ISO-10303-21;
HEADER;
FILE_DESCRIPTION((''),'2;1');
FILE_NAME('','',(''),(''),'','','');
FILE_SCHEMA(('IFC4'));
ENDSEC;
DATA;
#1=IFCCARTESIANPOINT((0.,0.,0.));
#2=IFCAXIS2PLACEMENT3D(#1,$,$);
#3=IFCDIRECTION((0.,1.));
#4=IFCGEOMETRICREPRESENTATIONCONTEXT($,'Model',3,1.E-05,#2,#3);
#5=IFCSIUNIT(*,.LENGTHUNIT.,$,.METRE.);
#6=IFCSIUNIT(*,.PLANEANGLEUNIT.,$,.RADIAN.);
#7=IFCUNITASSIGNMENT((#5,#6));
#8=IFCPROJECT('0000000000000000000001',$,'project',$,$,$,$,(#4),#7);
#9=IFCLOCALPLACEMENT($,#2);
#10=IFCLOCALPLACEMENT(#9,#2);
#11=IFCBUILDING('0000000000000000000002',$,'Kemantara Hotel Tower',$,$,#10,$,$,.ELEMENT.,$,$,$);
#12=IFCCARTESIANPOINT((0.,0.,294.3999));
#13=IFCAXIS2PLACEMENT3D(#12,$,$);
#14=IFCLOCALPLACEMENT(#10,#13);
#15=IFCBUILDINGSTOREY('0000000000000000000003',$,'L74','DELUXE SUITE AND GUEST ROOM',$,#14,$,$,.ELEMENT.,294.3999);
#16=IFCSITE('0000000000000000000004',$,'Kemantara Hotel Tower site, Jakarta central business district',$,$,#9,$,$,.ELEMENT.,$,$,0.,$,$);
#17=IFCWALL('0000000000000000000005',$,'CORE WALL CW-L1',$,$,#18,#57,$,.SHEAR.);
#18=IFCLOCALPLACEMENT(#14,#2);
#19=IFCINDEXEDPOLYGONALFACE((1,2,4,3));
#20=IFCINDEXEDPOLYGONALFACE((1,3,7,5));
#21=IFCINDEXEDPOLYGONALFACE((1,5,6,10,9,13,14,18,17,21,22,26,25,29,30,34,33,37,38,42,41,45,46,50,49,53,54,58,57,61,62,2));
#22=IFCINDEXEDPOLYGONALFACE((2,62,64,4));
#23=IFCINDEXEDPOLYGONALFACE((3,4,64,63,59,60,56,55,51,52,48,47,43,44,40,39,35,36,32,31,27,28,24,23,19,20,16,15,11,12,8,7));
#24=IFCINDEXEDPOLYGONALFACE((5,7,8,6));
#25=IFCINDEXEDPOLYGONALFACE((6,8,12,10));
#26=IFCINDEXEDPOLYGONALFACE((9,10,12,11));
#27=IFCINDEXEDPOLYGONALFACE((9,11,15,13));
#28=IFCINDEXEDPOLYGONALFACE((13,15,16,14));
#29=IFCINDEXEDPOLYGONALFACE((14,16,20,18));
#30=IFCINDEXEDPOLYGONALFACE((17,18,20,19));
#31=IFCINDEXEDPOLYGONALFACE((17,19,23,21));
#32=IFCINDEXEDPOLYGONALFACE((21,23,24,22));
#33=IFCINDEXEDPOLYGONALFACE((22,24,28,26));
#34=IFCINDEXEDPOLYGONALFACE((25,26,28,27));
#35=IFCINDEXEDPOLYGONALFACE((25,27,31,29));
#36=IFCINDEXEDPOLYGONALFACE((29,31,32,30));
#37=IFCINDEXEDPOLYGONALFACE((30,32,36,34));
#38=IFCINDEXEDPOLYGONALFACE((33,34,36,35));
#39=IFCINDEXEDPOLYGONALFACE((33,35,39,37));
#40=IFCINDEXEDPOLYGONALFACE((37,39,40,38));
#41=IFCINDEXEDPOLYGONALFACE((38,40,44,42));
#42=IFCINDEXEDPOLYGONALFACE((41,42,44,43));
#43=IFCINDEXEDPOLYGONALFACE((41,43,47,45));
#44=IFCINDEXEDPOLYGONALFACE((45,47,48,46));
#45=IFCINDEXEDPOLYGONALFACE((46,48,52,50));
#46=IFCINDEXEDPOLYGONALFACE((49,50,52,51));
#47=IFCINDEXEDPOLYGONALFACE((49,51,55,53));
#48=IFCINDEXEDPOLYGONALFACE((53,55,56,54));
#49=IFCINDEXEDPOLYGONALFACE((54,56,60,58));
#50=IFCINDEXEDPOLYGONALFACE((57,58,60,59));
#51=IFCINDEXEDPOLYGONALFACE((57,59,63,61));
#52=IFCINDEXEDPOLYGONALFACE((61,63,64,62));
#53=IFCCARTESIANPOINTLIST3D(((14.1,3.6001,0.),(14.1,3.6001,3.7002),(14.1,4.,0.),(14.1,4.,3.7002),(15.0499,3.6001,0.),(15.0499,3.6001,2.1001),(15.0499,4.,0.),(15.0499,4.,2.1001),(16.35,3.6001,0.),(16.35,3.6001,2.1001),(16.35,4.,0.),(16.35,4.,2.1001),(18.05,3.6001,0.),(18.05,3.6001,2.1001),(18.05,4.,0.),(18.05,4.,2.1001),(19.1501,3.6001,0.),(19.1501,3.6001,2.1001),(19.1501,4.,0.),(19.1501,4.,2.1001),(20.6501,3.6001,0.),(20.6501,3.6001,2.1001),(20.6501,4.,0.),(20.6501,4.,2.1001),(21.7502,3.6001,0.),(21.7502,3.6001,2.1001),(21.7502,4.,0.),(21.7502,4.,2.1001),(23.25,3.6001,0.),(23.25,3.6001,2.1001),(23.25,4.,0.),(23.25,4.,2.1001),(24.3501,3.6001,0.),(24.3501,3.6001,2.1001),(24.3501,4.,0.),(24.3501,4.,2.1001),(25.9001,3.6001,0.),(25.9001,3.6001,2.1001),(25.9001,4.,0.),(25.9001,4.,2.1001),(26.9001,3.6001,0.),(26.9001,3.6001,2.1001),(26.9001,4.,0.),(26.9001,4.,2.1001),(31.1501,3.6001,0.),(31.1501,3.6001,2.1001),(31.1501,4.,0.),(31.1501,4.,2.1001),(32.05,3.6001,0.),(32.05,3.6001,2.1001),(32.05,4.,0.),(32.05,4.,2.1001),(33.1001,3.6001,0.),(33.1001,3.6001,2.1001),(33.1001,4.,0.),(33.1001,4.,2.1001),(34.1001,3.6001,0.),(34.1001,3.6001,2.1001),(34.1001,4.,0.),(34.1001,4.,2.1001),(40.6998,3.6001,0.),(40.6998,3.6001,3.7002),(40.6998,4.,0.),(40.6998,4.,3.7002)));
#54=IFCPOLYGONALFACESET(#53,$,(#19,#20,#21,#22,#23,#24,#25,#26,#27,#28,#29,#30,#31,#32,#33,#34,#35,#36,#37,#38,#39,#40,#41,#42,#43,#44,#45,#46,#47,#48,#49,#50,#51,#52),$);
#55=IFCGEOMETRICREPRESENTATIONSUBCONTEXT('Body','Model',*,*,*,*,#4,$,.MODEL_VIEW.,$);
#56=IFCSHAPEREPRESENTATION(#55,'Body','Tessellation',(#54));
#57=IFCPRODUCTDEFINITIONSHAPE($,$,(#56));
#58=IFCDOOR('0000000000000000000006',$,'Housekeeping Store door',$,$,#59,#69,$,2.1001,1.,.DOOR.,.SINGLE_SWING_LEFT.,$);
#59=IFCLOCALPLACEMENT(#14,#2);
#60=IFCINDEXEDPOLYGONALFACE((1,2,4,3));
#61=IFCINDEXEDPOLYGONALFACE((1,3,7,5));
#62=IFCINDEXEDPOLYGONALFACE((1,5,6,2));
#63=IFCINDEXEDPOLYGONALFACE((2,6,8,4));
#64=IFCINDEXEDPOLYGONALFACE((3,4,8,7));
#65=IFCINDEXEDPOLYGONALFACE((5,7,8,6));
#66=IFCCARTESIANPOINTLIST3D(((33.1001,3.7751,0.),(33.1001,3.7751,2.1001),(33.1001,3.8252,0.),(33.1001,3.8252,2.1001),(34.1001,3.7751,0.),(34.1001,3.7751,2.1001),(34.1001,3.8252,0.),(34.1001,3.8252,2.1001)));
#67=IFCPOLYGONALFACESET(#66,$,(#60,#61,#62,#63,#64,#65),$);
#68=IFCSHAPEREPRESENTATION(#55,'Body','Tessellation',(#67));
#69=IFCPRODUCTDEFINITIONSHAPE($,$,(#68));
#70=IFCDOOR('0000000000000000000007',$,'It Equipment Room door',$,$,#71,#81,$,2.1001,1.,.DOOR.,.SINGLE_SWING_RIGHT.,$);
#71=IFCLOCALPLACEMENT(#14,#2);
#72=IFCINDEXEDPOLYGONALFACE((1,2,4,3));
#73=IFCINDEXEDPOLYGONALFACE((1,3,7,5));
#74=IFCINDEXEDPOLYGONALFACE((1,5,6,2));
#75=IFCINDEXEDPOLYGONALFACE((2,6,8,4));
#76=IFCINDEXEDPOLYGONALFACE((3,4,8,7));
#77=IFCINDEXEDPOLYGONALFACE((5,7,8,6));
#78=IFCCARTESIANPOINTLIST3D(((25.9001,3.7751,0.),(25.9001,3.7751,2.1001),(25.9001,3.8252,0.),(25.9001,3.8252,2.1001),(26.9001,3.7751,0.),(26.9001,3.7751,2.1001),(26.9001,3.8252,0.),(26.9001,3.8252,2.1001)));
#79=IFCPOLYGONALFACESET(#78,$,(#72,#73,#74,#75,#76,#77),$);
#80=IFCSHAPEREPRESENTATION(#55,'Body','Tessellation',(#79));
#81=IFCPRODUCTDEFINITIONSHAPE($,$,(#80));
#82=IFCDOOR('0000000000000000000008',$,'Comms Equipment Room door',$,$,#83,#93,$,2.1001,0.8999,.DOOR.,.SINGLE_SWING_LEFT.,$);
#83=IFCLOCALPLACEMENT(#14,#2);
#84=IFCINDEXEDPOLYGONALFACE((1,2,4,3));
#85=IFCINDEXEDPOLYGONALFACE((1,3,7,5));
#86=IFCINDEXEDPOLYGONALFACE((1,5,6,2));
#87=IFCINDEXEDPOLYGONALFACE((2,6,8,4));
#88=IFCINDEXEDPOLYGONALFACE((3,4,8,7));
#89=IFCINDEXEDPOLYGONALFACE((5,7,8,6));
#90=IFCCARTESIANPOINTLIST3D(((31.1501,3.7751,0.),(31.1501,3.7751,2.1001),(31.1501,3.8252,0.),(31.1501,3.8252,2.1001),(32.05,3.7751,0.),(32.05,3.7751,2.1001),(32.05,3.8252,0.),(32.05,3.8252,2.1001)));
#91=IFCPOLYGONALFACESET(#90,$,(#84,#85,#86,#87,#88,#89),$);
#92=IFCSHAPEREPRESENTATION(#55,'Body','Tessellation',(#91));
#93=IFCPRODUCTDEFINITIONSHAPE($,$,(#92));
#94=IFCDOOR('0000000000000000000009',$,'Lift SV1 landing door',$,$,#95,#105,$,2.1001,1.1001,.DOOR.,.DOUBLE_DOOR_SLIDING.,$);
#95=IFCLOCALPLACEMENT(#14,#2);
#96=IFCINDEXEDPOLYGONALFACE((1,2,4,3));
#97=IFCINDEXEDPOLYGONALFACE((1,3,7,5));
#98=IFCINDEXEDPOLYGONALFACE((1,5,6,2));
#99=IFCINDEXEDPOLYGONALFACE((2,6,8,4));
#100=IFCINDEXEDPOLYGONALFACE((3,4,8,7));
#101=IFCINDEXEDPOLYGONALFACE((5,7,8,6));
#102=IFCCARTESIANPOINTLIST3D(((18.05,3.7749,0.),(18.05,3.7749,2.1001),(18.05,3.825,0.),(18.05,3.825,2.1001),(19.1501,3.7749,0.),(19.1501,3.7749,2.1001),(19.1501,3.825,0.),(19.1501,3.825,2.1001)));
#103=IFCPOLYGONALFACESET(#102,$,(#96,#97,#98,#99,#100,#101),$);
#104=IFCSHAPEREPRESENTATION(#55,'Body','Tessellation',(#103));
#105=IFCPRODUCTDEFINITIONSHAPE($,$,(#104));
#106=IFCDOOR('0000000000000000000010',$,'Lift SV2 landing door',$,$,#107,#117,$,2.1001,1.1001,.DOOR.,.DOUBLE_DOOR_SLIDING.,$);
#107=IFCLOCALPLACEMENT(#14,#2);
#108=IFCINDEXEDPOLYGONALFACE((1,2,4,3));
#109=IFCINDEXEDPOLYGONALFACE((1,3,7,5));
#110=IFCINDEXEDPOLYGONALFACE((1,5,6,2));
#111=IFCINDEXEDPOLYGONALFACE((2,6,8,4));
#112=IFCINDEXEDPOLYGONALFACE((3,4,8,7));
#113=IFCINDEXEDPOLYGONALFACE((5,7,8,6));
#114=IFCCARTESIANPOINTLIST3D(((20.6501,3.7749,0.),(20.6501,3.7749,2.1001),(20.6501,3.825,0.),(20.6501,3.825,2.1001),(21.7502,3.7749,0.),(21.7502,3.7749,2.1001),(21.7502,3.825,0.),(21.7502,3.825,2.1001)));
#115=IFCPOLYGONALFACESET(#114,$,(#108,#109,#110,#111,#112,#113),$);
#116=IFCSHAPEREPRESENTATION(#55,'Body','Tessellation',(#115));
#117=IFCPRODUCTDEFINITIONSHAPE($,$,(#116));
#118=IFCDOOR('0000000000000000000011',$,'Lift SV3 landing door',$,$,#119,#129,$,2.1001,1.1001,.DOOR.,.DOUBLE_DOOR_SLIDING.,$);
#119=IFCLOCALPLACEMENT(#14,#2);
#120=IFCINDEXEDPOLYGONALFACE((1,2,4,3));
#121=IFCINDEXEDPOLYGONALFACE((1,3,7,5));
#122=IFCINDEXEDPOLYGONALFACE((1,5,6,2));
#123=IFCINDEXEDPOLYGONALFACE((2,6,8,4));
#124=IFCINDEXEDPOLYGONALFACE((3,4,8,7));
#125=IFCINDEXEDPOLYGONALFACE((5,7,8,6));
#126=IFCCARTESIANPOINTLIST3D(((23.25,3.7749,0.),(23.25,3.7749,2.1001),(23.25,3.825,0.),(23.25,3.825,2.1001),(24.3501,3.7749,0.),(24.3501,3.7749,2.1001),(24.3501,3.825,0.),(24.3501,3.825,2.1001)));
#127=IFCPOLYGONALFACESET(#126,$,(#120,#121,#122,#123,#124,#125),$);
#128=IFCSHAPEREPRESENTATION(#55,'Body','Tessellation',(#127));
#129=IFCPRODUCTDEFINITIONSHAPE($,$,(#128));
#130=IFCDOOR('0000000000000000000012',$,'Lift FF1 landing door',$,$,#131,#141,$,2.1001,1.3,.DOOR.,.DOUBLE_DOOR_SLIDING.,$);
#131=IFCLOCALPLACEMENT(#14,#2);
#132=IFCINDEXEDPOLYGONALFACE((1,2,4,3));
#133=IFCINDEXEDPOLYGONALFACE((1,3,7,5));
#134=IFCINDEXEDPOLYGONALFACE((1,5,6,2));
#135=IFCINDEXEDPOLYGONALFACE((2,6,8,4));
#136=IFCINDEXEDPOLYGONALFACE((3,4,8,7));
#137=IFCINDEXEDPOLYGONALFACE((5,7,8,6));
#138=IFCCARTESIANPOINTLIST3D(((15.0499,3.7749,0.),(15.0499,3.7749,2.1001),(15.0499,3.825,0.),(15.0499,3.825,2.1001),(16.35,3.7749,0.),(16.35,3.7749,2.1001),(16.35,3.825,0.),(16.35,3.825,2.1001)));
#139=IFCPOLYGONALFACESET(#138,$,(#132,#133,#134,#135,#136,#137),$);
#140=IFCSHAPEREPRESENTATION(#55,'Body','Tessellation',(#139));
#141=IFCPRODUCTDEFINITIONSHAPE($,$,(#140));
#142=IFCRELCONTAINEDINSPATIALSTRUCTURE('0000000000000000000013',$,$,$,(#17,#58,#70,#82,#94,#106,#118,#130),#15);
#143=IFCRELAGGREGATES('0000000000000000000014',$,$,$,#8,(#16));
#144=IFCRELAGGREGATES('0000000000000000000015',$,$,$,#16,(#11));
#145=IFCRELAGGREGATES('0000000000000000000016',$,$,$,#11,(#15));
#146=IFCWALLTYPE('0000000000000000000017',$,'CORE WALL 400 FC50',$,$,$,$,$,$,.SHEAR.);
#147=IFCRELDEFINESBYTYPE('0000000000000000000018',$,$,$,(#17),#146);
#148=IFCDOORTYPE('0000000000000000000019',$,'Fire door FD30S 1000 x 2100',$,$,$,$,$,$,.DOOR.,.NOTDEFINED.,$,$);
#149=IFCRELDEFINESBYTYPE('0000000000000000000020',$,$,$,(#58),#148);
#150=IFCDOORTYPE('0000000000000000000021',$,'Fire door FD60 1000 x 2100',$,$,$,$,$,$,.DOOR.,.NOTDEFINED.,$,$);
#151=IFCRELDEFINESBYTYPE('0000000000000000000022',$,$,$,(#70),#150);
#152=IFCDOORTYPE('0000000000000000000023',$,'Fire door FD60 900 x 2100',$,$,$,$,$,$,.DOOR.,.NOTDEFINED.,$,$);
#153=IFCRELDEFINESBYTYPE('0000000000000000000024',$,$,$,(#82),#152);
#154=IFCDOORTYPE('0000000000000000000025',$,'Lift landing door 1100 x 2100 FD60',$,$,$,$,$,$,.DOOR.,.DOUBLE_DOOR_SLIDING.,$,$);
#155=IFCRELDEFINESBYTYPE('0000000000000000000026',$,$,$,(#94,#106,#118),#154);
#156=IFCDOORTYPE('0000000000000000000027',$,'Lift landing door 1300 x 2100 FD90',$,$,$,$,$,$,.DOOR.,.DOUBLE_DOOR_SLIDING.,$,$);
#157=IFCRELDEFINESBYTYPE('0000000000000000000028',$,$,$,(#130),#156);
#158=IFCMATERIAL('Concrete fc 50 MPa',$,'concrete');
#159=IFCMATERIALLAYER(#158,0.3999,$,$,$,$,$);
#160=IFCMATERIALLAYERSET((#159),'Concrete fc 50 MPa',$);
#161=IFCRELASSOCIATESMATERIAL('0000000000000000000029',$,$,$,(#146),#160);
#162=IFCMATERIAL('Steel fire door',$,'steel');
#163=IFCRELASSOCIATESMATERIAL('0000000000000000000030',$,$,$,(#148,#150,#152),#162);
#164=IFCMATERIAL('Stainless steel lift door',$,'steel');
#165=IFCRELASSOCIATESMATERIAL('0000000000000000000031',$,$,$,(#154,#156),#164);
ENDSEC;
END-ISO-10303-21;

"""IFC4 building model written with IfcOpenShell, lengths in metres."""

from ifc_helpers import new_model, si_unit, direction, frame, frame_2d, origin, place, context, subcontext, project, spatial, rectangle, extrude, material, layer, layer_set, type_object, element, fill, save


model = new_model("IFC4")

# Units and contexts
model_context = context("Model", 3, precision=1e-05, world=origin(), true_north=direction((0.0, 1.0)))
body_context = subcontext(model_context, "Body", "Model", "MODEL_VIEW")
ifc_project = project(units=[si_unit("LENGTHUNIT", "METRE"), si_unit("PLANEANGLEUNIT", "RADIAN")], contexts=[model_context])

# Site, building, storey
site_placement = place(None, origin())
site = spatial("IfcSite", under=ifc_project, at=site_placement, Name="Kemantara Hotel Tower site, Jakarta central business district", CompositionType="ELEMENT", RefElevation=0.0)
building_placement = place(site_placement, origin())
building = spatial("IfcBuilding", under=site, at=building_placement, Name="Kemantara Hotel Tower", CompositionType="ELEMENT")
storey_placement = place(building_placement, frame((0.0, 0.0, 294.3999)))
storey = spatial("IfcBuildingStorey", under=building, at=storey_placement, Name="L74", Description="DELUXE SUITE AND GUEST ROOM", CompositionType="ELEMENT", Elevation=294.3999)

# Shared definitions
ifc_material_1 = material(Name="Concrete fc 50 MPa", Category="concrete")

# Wall, openings, doors
ifc_layer_1 = layer(ifc_material_1, 0.3999)
ifc_layer_set_1 = layer_set([ifc_layer_1], Name="Concrete fc 50 MPa")
wall_type_1 = type_object("IfcWallType", Name="CORE WALL 400 FC50", PredefinedType="SHEAR", material=ifc_layer_set_1)
wall_1_placement = place(storey_placement, frame((14.1001, 3.8, 0.0), z_axis=(0.0, 0.0, 1.0), x_axis=(1.0, 0.0, 0.0)))
wall_1 = element("IfcWall", 1, at=wall_1_placement, inside=storey, type_object=wall_type_1, Name="CORE WALL CW-L1", PredefinedType="SHEAR", context=body_context, shape_type="SweptSolid", body=[
    extrude(rectangle(XDim=26.5999, YDim=0.3999, at=frame_2d((13.2998, 0.0))), origin(), (0.0, 0.0, 1.0), 3.7002),
])
opening_1_placement = place(wall_1_placement, frame((0.95, 0.0, 0.0)))
opening_1 = element("IfcOpeningElement", 2, at=opening_1_placement, cuts=wall_1, PredefinedType="OPENING", context=body_context, shape_type="SweptSolid", body=[
    extrude(rectangle(XDim=1.3, YDim=2.1001, at=frame_2d((0.6499, 1.05))), frame((0.0, 0.21, 0.0), z_axis=(0.0, -1.0, 0.0), x_axis=(1.0, 0.0, 0.0)), (0.0, 0.0, 1.0), 0.4199),
])
opening_2_placement = place(wall_1_placement, frame((3.95, 0.0, 0.0)))
opening_2 = element("IfcOpeningElement", 3, at=opening_2_placement, cuts=wall_1, PredefinedType="OPENING", context=body_context, shape_type="SweptSolid", body=[
    extrude(rectangle(XDim=1.1001, YDim=2.1001, at=frame_2d((0.55, 1.05))), frame((0.0, 0.21, 0.0), z_axis=(0.0, -1.0, 0.0), x_axis=(1.0, 0.0, 0.0)), (0.0, 0.0, 1.0), 0.4199),
])
opening_3_placement = place(wall_1_placement, frame((6.55, 0.0, 0.0)))
opening_3 = element("IfcOpeningElement", 4, at=opening_3_placement, cuts=wall_1, PredefinedType="OPENING", context=body_context, shape_type="SweptSolid", body=[
    extrude(rectangle(XDim=1.1001, YDim=2.1001, at=frame_2d((0.55, 1.05))), frame((0.0, 0.21, 0.0), z_axis=(0.0, -1.0, 0.0), x_axis=(1.0, 0.0, 0.0)), (0.0, 0.0, 1.0), 0.4199),
])
opening_4_placement = place(wall_1_placement, frame((9.1499, 0.0, 0.0)))
opening_4 = element("IfcOpeningElement", 5, at=opening_4_placement, cuts=wall_1, PredefinedType="OPENING", context=body_context, shape_type="SweptSolid", body=[
    extrude(rectangle(XDim=1.1001, YDim=2.1001, at=frame_2d((0.55, 1.05))), frame((0.0, 0.21, 0.0), z_axis=(0.0, -1.0, 0.0), x_axis=(1.0, 0.0, 0.0)), (0.0, 0.0, 1.0), 0.4199),
])
opening_5_placement = place(wall_1_placement, frame((11.8, 0.0, 0.0)))
opening_5 = element("IfcOpeningElement", 6, at=opening_5_placement, cuts=wall_1, PredefinedType="OPENING", context=body_context, shape_type="SweptSolid", body=[
    extrude(rectangle(XDim=1.0, YDim=2.1001, at=frame_2d((0.5, 1.05))), frame((0.0, 0.21, 0.0), z_axis=(0.0, -1.0, 0.0), x_axis=(1.0, 0.0, 0.0)), (0.0, 0.0, 1.0), 0.4199),
])
opening_6_placement = place(wall_1_placement, frame((17.05, 0.0, 0.0)))
opening_6 = element("IfcOpeningElement", 7, at=opening_6_placement, cuts=wall_1, PredefinedType="OPENING", context=body_context, shape_type="SweptSolid", body=[
    extrude(rectangle(XDim=0.8999, YDim=2.1001, at=frame_2d((0.45, 1.05))), frame((0.0, 0.21, 0.0), z_axis=(0.0, -1.0, 0.0), x_axis=(1.0, 0.0, 0.0)), (0.0, 0.0, 1.0), 0.4199),
])
opening_7_placement = place(wall_1_placement, frame((19.0, 0.0, 0.0)))
opening_7 = element("IfcOpeningElement", 8, at=opening_7_placement, cuts=wall_1, PredefinedType="OPENING", context=body_context, shape_type="SweptSolid", body=[
    extrude(rectangle(XDim=1.0, YDim=2.1001, at=frame_2d((0.5, 1.05))), frame((0.0, 0.21, 0.0), z_axis=(0.0, -1.0, 0.0), x_axis=(1.0, 0.0, 0.0)), (0.0, 0.0, 1.0), 0.4199),
])
ifc_material_2 = material(Name="Steel fire door", Category="steel")
door_type_1 = type_object("IfcDoorType", Name="Fire door FD30S 1000 x 2100", OperationType="NOTDEFINED", PredefinedType="DOOR", material=ifc_material_2)
door_1_placement = place(opening_7_placement, frame((1.0, 0.0, 0.0), z_axis=(0.0, 0.0, 1.0), x_axis=(-1.0, 0.0, 0.0)))
door_1 = element("IfcDoor", 9, at=door_1_placement, inside=storey, type_object=door_type_1, Name="Housekeeping Store door", OperationType="SINGLE_SWING_LEFT", OverallHeight=2.1001, OverallWidth=1.0, PredefinedType="DOOR", context=body_context, shape_type="SweptSolid", body=[
    extrude(rectangle(XDim=1.0, YDim=2.1001, at=frame_2d((0.5, 1.05))), frame((0.0, 0.0249, 0.0), z_axis=(0.0, -1.0, 0.0), x_axis=(1.0, 0.0, 0.0)), (0.0, 0.0, 1.0), 0.05),
])
fill(opening_7, door_1)
door_type_2 = type_object("IfcDoorType", Name="Fire door FD60 1000 x 2100", OperationType="NOTDEFINED", PredefinedType="DOOR", material=ifc_material_2)
door_2_placement = place(opening_5_placement, frame((1.0, 0.0, 0.0), z_axis=(0.0, 0.0, 1.0), x_axis=(-1.0, 0.0, 0.0)))
door_2 = element("IfcDoor", 10, at=door_2_placement, inside=storey, type_object=door_type_2, Name="It Equipment Room door", OperationType="SINGLE_SWING_RIGHT", OverallHeight=2.1001, OverallWidth=1.0, PredefinedType="DOOR", context=body_context, shape_type="SweptSolid", body=[
    extrude(rectangle(XDim=1.0, YDim=2.1001, at=frame_2d((0.5, 1.05))), frame((0.0, 0.0249, 0.0), z_axis=(0.0, -1.0, 0.0), x_axis=(1.0, 0.0, 0.0)), (0.0, 0.0, 1.0), 0.05),
])
fill(opening_5, door_2)
door_type_3 = type_object("IfcDoorType", Name="Fire door FD60 900 x 2100", OperationType="NOTDEFINED", PredefinedType="DOOR", material=ifc_material_2)
door_3_placement = place(opening_6_placement, frame((0.8999, 0.0, 0.0), z_axis=(0.0, 0.0, 1.0), x_axis=(-1.0, 0.0, 0.0)))
door_3 = element("IfcDoor", 11, at=door_3_placement, inside=storey, type_object=door_type_3, Name="Comms Equipment Room door", OperationType="SINGLE_SWING_LEFT", OverallHeight=2.1001, OverallWidth=0.8999, PredefinedType="DOOR", context=body_context, shape_type="SweptSolid", body=[
    extrude(rectangle(XDim=0.8999, YDim=2.1001, at=frame_2d((0.45, 1.05))), frame((0.0, 0.0249, 0.0), z_axis=(0.0, -1.0, 0.0), x_axis=(1.0, 0.0, 0.0)), (0.0, 0.0, 1.0), 0.05),
])
fill(opening_6, door_3)
ifc_material_3 = material(Name="Stainless steel lift door", Category="steel")
door_type_4 = type_object("IfcDoorType", Name="Lift landing door 1100 x 2100 FD60", OperationType="DOUBLE_DOOR_SLIDING", PredefinedType="DOOR", material=ifc_material_3)
door_4_placement = place(opening_2_placement, origin())
door_4 = element("IfcDoor", 12, at=door_4_placement, inside=storey, type_object=door_type_4, Name="Lift SV1 landing door", OperationType="DOUBLE_DOOR_SLIDING", OverallHeight=2.1001, OverallWidth=1.1001, PredefinedType="DOOR", context=body_context, shape_type="SweptSolid", body=[
    extrude(rectangle(XDim=1.1001, YDim=2.1001, at=frame_2d((0.55, 1.05))), frame((0.0, 0.0249, 0.0), z_axis=(0.0, -1.0, 0.0), x_axis=(1.0, 0.0, 0.0)), (0.0, 0.0, 1.0), 0.05),
])
fill(opening_2, door_4)
door_5_placement = place(opening_3_placement, origin())
door_5 = element("IfcDoor", 13, at=door_5_placement, inside=storey, type_object=door_type_4, Name="Lift SV2 landing door", OperationType="DOUBLE_DOOR_SLIDING", OverallHeight=2.1001, OverallWidth=1.1001, PredefinedType="DOOR", context=body_context, shape_type="SweptSolid", body=[
    extrude(rectangle(XDim=1.1001, YDim=2.1001, at=frame_2d((0.55, 1.05))), frame((0.0, 0.0249, 0.0), z_axis=(0.0, -1.0, 0.0), x_axis=(1.0, 0.0, 0.0)), (0.0, 0.0, 1.0), 0.05),
])
fill(opening_3, door_5)
door_6_placement = place(opening_4_placement, origin())
door_6 = element("IfcDoor", 14, at=door_6_placement, inside=storey, type_object=door_type_4, Name="Lift SV3 landing door", OperationType="DOUBLE_DOOR_SLIDING", OverallHeight=2.1001, OverallWidth=1.1001, PredefinedType="DOOR", context=body_context, shape_type="SweptSolid", body=[
    extrude(rectangle(XDim=1.1001, YDim=2.1001, at=frame_2d((0.55, 1.05))), frame((0.0, 0.0249, 0.0), z_axis=(0.0, -1.0, 0.0), x_axis=(1.0, 0.0, 0.0)), (0.0, 0.0, 1.0), 0.05),
])
fill(opening_4, door_6)
door_type_5 = type_object("IfcDoorType", Name="Lift landing door 1300 x 2100 FD90", OperationType="DOUBLE_DOOR_SLIDING", PredefinedType="DOOR", material=ifc_material_3)
door_7_placement = place(opening_1_placement, origin())
door_7 = element("IfcDoor", 15, at=door_7_placement, inside=storey, type_object=door_type_5, Name="Lift FF1 landing door", OperationType="DOUBLE_DOOR_SLIDING", OverallHeight=2.1001, OverallWidth=1.3, PredefinedType="DOOR", context=body_context, shape_type="SweptSolid", body=[
    extrude(rectangle(XDim=1.3, YDim=2.1001, at=frame_2d((0.6499, 1.05))), frame((0.0, 0.0249, 0.0), z_axis=(0.0, -1.0, 0.0), x_axis=(1.0, 0.0, 0.0)), (0.0, 0.0, 1.0), 0.05),
])
fill(opening_1, door_7)

save(model, "model.ifc")
